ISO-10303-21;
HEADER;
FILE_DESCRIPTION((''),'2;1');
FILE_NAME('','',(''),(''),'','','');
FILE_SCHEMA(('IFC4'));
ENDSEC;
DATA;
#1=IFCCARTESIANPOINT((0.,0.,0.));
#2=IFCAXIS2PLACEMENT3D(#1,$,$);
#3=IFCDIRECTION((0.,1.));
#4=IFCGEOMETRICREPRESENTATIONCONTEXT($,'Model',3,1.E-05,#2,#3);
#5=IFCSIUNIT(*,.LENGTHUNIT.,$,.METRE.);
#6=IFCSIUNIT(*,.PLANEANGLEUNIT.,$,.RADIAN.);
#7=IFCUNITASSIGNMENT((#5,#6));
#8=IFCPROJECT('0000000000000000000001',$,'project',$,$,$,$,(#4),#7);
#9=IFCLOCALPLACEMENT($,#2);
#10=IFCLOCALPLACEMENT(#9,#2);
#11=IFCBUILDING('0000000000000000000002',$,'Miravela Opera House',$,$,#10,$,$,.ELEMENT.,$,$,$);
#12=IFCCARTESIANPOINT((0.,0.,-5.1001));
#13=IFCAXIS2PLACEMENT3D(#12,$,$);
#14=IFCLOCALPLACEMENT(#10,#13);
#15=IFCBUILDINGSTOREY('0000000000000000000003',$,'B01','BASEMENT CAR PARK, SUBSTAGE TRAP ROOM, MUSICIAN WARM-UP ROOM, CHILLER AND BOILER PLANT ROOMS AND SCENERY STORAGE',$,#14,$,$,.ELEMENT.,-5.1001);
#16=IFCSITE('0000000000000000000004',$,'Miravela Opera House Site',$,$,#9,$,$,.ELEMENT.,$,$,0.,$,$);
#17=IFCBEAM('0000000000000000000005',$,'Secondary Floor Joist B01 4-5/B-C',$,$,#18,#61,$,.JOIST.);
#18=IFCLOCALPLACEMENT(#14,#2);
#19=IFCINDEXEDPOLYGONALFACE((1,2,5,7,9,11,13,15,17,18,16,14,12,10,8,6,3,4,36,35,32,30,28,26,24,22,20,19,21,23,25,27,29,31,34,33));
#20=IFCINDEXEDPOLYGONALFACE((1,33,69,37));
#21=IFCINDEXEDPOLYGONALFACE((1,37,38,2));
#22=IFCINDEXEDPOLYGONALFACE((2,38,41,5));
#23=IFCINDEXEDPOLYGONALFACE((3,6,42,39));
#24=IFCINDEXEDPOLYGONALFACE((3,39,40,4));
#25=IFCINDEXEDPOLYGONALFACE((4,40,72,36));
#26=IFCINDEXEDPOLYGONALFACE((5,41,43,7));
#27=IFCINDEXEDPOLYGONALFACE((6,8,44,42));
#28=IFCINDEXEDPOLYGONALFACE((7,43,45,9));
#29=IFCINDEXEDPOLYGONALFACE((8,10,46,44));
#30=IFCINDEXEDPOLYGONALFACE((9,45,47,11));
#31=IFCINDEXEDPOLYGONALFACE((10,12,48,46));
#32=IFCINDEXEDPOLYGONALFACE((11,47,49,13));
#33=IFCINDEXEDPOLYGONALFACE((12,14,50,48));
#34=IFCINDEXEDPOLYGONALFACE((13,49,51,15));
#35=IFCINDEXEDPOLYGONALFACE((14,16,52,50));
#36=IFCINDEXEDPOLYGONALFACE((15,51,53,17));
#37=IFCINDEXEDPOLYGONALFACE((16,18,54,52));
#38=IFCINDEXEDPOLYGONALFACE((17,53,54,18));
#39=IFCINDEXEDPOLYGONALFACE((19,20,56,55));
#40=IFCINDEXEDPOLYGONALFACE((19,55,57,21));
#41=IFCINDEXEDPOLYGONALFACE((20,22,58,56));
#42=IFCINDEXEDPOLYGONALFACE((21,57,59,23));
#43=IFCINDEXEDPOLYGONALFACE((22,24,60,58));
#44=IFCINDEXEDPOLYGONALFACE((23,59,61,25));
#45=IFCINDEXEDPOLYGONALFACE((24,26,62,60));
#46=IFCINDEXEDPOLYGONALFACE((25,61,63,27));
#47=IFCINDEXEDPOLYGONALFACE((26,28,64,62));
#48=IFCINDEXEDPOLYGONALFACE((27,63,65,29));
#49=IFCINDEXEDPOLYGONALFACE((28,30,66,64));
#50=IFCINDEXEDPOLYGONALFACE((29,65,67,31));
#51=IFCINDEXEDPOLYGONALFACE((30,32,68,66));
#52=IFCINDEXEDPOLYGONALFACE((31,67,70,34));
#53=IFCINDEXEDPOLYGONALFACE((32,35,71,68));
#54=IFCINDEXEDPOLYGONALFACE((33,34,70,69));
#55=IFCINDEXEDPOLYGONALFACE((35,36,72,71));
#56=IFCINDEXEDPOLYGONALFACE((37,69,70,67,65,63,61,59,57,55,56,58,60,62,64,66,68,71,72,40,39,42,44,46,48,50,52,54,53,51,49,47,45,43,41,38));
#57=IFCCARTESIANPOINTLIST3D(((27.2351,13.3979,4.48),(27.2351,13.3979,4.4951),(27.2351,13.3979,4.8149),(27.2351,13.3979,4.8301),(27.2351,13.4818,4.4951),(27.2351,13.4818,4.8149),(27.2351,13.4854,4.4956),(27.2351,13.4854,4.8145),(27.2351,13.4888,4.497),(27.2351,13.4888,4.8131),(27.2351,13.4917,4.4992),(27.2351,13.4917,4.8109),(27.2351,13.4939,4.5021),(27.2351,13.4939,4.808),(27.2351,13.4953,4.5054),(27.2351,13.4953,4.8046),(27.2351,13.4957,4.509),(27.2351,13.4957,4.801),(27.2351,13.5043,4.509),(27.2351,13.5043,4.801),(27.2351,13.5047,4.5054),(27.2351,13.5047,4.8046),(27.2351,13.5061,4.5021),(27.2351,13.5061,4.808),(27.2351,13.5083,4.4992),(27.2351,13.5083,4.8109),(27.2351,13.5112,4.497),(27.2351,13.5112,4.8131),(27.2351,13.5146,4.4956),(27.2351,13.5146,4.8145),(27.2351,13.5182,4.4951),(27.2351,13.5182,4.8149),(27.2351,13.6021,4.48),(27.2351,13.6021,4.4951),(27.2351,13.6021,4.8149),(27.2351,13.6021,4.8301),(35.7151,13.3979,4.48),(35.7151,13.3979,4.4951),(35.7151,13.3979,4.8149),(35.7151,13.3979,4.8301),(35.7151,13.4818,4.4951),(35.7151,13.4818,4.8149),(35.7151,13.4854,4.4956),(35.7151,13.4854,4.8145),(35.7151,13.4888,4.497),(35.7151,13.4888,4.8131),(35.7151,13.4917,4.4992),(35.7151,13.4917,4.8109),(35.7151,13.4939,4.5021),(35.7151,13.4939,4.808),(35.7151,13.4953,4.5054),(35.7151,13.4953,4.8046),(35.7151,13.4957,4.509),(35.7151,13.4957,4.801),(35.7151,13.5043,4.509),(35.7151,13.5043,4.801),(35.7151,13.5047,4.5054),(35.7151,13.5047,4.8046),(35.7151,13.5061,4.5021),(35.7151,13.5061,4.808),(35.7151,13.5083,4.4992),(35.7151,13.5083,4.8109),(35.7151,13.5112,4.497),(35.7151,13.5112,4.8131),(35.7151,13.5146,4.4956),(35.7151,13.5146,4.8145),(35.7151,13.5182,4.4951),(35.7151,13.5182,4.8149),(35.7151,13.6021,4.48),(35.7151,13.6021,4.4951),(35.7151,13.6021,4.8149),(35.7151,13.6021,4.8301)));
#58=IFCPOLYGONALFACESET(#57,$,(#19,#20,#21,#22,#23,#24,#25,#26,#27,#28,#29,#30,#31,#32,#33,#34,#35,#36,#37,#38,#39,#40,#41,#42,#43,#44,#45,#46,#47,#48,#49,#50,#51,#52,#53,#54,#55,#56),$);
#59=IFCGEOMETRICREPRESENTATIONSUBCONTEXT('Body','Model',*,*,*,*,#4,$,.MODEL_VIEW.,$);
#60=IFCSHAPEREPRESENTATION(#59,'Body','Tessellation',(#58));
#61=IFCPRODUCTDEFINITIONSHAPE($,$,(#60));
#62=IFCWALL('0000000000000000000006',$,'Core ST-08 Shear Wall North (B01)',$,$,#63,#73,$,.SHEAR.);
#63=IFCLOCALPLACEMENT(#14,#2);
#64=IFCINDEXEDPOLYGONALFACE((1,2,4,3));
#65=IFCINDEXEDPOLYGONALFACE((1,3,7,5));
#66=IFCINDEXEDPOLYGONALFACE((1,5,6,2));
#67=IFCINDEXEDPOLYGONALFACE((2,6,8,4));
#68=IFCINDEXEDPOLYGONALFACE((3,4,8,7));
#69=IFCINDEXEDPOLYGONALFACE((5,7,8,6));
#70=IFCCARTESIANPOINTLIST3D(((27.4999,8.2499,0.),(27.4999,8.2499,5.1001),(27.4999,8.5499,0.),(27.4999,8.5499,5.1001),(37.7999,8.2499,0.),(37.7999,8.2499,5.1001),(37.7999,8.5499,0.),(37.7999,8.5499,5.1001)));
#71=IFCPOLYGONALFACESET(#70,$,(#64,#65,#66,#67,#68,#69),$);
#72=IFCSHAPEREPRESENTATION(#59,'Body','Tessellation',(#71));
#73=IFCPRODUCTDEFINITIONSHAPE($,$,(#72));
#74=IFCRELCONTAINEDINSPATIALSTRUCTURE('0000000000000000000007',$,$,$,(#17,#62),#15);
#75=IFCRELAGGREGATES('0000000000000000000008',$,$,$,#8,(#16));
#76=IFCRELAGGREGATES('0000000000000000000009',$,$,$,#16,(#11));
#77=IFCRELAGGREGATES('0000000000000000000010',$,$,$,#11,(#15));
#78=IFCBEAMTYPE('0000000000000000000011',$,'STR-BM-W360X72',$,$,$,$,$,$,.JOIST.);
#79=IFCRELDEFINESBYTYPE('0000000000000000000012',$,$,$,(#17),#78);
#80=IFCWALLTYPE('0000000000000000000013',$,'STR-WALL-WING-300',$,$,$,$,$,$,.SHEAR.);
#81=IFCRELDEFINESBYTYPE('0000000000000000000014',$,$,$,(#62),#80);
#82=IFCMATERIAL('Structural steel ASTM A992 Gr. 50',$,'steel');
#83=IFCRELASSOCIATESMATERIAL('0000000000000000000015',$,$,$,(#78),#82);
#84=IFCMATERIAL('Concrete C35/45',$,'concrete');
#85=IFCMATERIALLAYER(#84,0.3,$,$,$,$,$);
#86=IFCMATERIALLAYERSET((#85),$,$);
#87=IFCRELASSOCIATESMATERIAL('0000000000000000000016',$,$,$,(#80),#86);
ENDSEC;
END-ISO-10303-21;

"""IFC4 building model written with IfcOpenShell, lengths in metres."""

from ifc_helpers import new_model, si_unit, direction, frame, frame_2d, origin, origin_2d, place, context, subcontext, project, spatial, rectangle, i_section, extrude, material, layer, layer_set, material_profile, profile_set, type_object, element, save


model = new_model("IFC4")

# Units and contexts
model_context = context("Model", 3, precision=1e-05, world=origin(), true_north=direction((0.0, 1.0)))
body_context = subcontext(model_context, "Body", "Model", "MODEL_VIEW")
ifc_project = project(units=[si_unit("LENGTHUNIT", "METRE"), si_unit("PLANEANGLEUNIT", "RADIAN")], contexts=[model_context])

# Site, building, storey
site_placement = place(None, origin())
site = spatial("IfcSite", under=ifc_project, at=site_placement, Name="Miravela Opera House Site", CompositionType="ELEMENT", RefElevation=0.0)
building_placement = place(site_placement, origin())
building = spatial("IfcBuilding", under=site, at=building_placement, Name="Miravela Opera House", CompositionType="ELEMENT")
storey_placement = place(building_placement, frame((0.0, 0.0, -5.1001)))
storey = spatial("IfcBuildingStorey", under=building, at=storey_placement, Name="B01", Description="BASEMENT CAR PARK, SUBSTAGE TRAP ROOM, MUSICIAN WARM-UP ROOM, CHILLER AND BOILER PLANT ROOMS AND SCENERY STORAGE", CompositionType="ELEMENT", Elevation=-5.1001)

# Shared definitions
ifc_material_1 = material(Name="Concrete C35/45", Category="concrete")

# Beam
ifc_material_2 = material(Name="Structural steel ASTM A992 Gr. 50", Category="steel")
ifc_material_profile_1 = material_profile(ifc_material_2, i_section(OverallWidth=0.2041, OverallDepth=0.3501, WebThickness=0.0085, FlangeThickness=0.0151, FilletRadius=0.0139, at=origin_2d()), Name="W360X72")
ifc_profile_set_1 = profile_set([ifc_material_profile_1])
beam_type_1 = type_object("IfcBeamType", Name="STR-BM-W360X72", PredefinedType="JOIST", material=ifc_profile_set_1)
beam_1_placement = place(storey_placement, frame((27.2351, 13.5, 4.655), z_axis=(1.0, 0.0, 0.0), x_axis=(0.0, 1.0, 0.0)))
element("IfcBeam", 1, at=beam_1_placement, inside=storey, type_object=beam_type_1, Name="Secondary Floor Joist B01 4-5/B-C", PredefinedType="JOIST", context=body_context, shape_type="SweptSolid", body=[
    extrude(i_section(OverallWidth=0.2041, OverallDepth=0.3501, WebThickness=0.0085, FlangeThickness=0.0151, FilletRadius=0.0139, at=origin_2d()), origin(), (0.0, 0.0, 1.0), 8.48),
])

# Wall
ifc_layer = layer(ifc_material_1, 0.3)
ifc_layer_set = layer_set([ifc_layer])
wall_type = type_object("IfcWallType", Name="STR-WALL-WING-300", PredefinedType="SHEAR", material=ifc_layer_set)
wall_placement = place(storey_placement, frame((27.5, 8.3999, 0.0), z_axis=(0.0, 0.0, 1.0), x_axis=(1.0, 0.0, 0.0)))
element("IfcWall", 2, at=wall_placement, inside=storey, type_object=wall_type, Name="Core ST-08 Shear Wall North (B01)", PredefinedType="SHEAR", context=body_context, shape_type="SweptSolid", body=[
    extrude(rectangle(XDim=10.3, YDim=0.3, at=frame_2d((5.1499, 0.0))), origin(), (0.0, 0.0, 1.0), 5.1001),
])

save(model, "model.ifc")
